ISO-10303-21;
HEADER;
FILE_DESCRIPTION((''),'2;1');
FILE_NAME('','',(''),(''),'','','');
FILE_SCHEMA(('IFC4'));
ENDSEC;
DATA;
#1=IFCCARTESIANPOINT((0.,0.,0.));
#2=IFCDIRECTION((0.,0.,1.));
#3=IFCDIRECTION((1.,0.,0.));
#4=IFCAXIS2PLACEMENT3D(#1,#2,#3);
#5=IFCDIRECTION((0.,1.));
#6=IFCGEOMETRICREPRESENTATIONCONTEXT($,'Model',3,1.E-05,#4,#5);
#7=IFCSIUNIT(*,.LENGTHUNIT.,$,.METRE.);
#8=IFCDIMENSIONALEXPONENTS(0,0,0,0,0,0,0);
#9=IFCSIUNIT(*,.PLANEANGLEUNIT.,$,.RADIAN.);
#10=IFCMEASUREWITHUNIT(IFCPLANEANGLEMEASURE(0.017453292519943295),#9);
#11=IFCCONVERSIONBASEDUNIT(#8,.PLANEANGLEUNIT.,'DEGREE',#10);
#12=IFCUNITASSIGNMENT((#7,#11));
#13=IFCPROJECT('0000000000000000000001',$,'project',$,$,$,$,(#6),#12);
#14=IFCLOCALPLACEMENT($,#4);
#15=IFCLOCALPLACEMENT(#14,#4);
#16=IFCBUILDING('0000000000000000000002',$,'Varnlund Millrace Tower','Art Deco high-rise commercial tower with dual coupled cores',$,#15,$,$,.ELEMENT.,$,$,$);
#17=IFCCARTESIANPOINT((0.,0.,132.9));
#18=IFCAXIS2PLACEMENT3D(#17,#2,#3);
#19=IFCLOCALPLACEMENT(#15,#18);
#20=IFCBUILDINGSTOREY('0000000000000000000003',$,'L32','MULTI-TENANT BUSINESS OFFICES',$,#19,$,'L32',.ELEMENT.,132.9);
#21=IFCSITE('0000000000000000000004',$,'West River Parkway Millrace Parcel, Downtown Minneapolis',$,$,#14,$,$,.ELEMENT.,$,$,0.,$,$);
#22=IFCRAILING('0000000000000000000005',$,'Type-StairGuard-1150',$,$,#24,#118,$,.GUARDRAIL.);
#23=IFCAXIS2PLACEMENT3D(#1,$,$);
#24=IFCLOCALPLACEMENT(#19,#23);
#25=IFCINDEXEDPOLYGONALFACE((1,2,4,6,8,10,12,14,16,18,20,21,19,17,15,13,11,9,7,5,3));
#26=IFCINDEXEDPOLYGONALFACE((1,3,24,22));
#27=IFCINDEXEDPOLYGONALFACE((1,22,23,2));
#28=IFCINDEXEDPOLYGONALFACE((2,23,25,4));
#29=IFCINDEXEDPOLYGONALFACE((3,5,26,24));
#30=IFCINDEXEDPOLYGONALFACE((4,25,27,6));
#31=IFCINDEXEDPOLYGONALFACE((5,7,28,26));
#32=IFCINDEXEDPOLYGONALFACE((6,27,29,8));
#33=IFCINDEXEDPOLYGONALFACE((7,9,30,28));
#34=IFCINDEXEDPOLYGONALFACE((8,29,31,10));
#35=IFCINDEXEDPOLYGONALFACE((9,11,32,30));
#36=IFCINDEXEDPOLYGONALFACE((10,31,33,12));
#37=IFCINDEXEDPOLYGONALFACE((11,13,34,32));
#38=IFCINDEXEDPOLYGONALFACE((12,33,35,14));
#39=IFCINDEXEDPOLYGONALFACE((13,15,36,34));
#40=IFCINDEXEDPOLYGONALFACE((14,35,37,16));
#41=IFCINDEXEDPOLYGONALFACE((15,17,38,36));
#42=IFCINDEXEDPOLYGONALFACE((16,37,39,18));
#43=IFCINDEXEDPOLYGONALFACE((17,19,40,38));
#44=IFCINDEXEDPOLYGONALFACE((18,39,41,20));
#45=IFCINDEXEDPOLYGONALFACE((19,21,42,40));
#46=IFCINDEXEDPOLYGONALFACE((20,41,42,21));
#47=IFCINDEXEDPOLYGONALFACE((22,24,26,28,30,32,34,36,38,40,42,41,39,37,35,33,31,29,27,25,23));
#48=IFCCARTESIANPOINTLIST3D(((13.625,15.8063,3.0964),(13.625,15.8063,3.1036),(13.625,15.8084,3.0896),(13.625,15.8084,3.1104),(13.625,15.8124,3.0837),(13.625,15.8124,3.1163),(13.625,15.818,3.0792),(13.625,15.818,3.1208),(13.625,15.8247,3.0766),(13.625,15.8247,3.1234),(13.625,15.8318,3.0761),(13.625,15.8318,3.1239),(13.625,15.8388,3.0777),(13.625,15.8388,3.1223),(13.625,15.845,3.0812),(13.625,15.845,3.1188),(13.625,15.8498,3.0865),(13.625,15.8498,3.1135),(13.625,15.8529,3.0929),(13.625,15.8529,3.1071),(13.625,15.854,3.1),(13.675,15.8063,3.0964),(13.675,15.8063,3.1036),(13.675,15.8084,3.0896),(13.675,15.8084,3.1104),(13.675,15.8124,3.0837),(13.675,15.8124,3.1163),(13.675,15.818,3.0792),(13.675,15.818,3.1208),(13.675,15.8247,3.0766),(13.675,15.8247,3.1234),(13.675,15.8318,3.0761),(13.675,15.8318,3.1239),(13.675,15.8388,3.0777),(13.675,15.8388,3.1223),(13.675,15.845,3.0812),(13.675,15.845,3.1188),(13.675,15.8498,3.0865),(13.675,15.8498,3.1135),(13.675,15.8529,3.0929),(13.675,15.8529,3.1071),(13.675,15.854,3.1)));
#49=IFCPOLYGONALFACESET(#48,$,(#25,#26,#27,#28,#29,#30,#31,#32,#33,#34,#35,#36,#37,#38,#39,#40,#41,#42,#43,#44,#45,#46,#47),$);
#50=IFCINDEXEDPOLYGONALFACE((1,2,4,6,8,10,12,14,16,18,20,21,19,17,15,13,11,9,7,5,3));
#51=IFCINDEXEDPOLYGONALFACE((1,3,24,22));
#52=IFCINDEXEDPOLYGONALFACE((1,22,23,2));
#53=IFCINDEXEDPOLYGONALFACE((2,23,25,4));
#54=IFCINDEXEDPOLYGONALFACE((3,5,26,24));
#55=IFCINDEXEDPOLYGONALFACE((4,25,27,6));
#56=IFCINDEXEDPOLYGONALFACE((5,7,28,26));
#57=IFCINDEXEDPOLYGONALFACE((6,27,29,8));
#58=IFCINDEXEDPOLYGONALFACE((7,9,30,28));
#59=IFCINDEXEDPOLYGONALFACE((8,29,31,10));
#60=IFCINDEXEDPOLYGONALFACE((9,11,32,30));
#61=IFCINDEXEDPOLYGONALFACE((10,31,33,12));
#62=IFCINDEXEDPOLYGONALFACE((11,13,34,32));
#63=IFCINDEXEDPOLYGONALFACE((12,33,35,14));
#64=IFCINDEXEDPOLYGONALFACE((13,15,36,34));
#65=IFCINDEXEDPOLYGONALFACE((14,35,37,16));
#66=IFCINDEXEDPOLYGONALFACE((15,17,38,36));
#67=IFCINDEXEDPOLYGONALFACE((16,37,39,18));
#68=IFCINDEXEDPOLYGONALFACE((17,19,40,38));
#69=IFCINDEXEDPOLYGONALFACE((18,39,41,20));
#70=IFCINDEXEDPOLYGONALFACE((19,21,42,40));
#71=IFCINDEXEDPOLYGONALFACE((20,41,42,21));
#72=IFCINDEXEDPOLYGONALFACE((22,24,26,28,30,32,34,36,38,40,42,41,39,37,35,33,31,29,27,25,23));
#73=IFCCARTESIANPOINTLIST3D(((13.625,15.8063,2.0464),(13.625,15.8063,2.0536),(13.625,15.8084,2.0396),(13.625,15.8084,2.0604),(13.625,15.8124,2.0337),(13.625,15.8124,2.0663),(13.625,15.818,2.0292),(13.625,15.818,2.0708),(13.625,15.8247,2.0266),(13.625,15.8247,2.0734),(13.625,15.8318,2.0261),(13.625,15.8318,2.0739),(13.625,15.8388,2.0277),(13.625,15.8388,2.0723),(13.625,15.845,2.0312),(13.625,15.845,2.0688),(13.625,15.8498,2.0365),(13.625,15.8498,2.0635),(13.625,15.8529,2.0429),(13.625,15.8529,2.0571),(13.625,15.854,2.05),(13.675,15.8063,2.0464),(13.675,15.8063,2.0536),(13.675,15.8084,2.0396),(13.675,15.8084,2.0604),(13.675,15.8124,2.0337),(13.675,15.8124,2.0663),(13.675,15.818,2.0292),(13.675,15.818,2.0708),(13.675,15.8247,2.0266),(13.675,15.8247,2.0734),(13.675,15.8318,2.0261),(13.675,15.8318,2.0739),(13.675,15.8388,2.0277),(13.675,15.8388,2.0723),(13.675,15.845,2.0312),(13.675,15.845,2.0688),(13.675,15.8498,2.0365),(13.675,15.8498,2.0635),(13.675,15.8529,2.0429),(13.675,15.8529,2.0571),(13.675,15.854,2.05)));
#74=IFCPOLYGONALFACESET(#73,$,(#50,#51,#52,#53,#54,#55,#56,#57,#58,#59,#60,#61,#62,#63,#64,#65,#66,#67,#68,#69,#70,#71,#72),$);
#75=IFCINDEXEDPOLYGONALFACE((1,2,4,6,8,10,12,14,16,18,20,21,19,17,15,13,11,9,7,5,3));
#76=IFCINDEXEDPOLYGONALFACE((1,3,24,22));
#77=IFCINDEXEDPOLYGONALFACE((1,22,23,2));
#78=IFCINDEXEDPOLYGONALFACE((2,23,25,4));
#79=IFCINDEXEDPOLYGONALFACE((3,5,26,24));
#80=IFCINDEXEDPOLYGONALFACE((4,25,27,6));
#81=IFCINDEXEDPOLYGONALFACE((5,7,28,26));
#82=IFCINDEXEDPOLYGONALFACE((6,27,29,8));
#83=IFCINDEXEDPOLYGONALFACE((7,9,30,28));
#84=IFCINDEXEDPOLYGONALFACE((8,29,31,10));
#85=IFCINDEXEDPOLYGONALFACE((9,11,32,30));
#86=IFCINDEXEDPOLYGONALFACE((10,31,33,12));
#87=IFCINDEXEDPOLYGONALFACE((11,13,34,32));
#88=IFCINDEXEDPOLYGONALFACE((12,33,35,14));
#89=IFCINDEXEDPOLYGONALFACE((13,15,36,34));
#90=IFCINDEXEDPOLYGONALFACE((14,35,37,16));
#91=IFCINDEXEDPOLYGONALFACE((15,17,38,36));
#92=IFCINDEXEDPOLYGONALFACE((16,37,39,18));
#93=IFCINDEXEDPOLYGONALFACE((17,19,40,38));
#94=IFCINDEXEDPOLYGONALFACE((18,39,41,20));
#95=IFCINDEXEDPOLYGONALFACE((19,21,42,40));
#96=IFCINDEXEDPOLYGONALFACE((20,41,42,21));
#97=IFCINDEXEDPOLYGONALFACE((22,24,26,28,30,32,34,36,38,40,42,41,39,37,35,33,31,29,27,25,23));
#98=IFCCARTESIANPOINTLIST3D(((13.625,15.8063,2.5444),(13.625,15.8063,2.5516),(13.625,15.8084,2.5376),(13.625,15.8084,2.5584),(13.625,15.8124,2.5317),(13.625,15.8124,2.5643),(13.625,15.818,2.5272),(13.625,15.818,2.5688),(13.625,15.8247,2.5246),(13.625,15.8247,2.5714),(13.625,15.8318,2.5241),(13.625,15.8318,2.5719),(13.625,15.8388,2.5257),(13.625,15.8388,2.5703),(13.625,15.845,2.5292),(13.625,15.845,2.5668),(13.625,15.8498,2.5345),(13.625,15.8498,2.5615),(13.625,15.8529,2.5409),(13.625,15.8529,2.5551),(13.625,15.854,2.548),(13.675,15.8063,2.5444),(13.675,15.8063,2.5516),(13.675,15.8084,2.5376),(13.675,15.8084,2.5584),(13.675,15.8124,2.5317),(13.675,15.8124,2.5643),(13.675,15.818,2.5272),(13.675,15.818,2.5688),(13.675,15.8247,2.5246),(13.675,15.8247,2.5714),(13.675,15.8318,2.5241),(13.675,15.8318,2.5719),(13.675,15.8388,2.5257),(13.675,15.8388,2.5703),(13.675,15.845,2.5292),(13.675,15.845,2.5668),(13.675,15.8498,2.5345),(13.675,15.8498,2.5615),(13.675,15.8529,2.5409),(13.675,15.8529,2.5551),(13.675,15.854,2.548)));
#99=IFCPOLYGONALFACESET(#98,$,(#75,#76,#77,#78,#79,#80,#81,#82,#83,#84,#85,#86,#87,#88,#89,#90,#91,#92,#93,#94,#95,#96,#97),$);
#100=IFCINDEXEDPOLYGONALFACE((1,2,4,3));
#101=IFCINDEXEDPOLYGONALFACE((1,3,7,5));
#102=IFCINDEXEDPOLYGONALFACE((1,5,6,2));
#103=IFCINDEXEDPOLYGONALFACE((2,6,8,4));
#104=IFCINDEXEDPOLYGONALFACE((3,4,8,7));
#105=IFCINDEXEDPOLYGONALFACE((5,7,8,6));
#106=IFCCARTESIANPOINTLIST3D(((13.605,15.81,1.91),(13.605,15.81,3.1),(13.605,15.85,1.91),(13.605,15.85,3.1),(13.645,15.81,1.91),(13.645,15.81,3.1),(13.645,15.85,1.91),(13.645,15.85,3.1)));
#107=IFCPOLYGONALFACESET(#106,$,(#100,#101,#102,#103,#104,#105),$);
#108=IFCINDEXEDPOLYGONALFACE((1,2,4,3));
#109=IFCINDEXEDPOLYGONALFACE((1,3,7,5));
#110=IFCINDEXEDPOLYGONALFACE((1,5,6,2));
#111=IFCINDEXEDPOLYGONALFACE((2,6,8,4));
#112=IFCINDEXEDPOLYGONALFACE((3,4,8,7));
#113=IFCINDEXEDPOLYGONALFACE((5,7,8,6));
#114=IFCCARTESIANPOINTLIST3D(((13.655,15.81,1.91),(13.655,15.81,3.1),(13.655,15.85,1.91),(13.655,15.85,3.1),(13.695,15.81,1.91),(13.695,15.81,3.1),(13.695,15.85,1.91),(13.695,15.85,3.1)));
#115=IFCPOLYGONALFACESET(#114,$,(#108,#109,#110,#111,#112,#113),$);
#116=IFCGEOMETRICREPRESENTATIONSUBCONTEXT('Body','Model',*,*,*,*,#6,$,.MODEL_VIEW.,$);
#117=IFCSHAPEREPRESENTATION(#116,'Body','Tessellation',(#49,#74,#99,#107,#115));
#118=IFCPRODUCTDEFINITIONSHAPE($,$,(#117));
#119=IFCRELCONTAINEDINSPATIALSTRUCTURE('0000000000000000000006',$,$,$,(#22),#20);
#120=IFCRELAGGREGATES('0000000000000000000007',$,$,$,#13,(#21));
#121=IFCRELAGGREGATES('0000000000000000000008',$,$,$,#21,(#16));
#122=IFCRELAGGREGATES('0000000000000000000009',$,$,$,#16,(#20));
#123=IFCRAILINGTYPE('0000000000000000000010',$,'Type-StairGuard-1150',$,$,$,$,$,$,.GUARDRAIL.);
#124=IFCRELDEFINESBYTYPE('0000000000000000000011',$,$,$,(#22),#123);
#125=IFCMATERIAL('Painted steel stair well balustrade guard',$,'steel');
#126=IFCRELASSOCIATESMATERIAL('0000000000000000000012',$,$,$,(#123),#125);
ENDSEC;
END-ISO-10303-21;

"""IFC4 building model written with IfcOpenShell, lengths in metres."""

from ifc_helpers import new_model, entity, si_unit, converted_unit, direction, frame, origin_with_axes, origin_2d_with_axis, place, context, subcontext, project, spatial, rectangle, circle, extrude, material, type_object, element, save


model = new_model("IFC4")

# Units and contexts
model_context = context("Model", 3, precision=1e-05, world=origin_with_axes(), true_north=direction((0.0, 1.0)))
body_context = subcontext(model_context, "Body", "Model", "MODEL_VIEW")
ifc_project = project(units=[si_unit("LENGTHUNIT", "METRE"), converted_unit("PLANEANGLEUNIT", "DEGREE", entity("IfcPlaneAngleMeasure", 0.017453292519943295), si_unit("PLANEANGLEUNIT", "RADIAN"), dimensions=[0, 0, 0, 0, 0, 0, 0])], contexts=[model_context])

# Site, building, storey
site_placement = place(None, origin_with_axes())
site = spatial("IfcSite", under=ifc_project, at=site_placement, Name="West River Parkway Millrace Parcel, Downtown Minneapolis", CompositionType="ELEMENT", RefElevation=0.0)
building_placement = place(site_placement, origin_with_axes())
building = spatial("IfcBuilding", under=site, at=building_placement, Name="Varnlund Millrace Tower", Description="Art Deco high-rise commercial tower with dual coupled cores", CompositionType="ELEMENT")
storey_placement = place(building_placement, frame((0.0, 0.0, 132.9), z_axis=(0.0, 0.0, 1.0), x_axis=(1.0, 0.0, 0.0)))
storey = spatial("IfcBuildingStorey", under=building, at=storey_placement, Name="L32", Description="MULTI-TENANT BUSINESS OFFICES", LongName="L32", CompositionType="ELEMENT", Elevation=132.9)

# Railing
ifc_material_1 = material(Name="Painted steel stair well balustrade guard", Category="steel")
railing_type_1 = type_object("IfcRailingType", Name="Type-StairGuard-1150", PredefinedType="GUARDRAIL", material=ifc_material_1)
railing_1_placement = place(storey_placement, frame((0.0, 0.0, -132.9), z_axis=(0.0, 0.0, 1.0), x_axis=(1.0, 0.0, 0.0)))
element("IfcRailing", 1, at=railing_1_placement, inside=storey, type_object=railing_type_1, Name="Type-StairGuard-1150", PredefinedType="GUARDRAIL", context=body_context, shape_type="SweptSolid", body=[
    extrude(circle(Radius=0.024, at=origin_2d_with_axis()), frame((13.625, 15.83, 136.0), z_axis=(1.0, 0.0, 0.0), x_axis=(0.0, 1.0, 0.0)), (0.0, 0.0, 1.0), 0.05),
    extrude(circle(Radius=0.024, at=origin_2d_with_axis()), frame((13.625, 15.83, 134.95), z_axis=(1.0, 0.0, 0.0), x_axis=(0.0, 1.0, 0.0)), (0.0, 0.0, 1.0), 0.05),
    extrude(circle(Radius=0.024, at=origin_2d_with_axis()), frame((13.625, 15.83, 135.448), z_axis=(1.0, 0.0, 0.0), x_axis=(0.0, 1.0, 0.0)), (0.0, 0.0, 1.0), 0.05),
    extrude(rectangle(XDim=0.04, YDim=0.04, at=origin_2d_with_axis()), frame((13.625, 15.83, 134.81), z_axis=(0.0, 0.0, 1.0), x_axis=(1.0, 0.0, 0.0)), (0.0, 0.0, 1.0), 1.19),
    extrude(rectangle(XDim=0.04, YDim=0.04, at=origin_2d_with_axis()), frame((13.675, 15.83, 134.81), z_axis=(0.0, 0.0, 1.0), x_axis=(1.0, 0.0, 0.0)), (0.0, 0.0, 1.0), 1.19),
])

save(model, "model.ifc")
